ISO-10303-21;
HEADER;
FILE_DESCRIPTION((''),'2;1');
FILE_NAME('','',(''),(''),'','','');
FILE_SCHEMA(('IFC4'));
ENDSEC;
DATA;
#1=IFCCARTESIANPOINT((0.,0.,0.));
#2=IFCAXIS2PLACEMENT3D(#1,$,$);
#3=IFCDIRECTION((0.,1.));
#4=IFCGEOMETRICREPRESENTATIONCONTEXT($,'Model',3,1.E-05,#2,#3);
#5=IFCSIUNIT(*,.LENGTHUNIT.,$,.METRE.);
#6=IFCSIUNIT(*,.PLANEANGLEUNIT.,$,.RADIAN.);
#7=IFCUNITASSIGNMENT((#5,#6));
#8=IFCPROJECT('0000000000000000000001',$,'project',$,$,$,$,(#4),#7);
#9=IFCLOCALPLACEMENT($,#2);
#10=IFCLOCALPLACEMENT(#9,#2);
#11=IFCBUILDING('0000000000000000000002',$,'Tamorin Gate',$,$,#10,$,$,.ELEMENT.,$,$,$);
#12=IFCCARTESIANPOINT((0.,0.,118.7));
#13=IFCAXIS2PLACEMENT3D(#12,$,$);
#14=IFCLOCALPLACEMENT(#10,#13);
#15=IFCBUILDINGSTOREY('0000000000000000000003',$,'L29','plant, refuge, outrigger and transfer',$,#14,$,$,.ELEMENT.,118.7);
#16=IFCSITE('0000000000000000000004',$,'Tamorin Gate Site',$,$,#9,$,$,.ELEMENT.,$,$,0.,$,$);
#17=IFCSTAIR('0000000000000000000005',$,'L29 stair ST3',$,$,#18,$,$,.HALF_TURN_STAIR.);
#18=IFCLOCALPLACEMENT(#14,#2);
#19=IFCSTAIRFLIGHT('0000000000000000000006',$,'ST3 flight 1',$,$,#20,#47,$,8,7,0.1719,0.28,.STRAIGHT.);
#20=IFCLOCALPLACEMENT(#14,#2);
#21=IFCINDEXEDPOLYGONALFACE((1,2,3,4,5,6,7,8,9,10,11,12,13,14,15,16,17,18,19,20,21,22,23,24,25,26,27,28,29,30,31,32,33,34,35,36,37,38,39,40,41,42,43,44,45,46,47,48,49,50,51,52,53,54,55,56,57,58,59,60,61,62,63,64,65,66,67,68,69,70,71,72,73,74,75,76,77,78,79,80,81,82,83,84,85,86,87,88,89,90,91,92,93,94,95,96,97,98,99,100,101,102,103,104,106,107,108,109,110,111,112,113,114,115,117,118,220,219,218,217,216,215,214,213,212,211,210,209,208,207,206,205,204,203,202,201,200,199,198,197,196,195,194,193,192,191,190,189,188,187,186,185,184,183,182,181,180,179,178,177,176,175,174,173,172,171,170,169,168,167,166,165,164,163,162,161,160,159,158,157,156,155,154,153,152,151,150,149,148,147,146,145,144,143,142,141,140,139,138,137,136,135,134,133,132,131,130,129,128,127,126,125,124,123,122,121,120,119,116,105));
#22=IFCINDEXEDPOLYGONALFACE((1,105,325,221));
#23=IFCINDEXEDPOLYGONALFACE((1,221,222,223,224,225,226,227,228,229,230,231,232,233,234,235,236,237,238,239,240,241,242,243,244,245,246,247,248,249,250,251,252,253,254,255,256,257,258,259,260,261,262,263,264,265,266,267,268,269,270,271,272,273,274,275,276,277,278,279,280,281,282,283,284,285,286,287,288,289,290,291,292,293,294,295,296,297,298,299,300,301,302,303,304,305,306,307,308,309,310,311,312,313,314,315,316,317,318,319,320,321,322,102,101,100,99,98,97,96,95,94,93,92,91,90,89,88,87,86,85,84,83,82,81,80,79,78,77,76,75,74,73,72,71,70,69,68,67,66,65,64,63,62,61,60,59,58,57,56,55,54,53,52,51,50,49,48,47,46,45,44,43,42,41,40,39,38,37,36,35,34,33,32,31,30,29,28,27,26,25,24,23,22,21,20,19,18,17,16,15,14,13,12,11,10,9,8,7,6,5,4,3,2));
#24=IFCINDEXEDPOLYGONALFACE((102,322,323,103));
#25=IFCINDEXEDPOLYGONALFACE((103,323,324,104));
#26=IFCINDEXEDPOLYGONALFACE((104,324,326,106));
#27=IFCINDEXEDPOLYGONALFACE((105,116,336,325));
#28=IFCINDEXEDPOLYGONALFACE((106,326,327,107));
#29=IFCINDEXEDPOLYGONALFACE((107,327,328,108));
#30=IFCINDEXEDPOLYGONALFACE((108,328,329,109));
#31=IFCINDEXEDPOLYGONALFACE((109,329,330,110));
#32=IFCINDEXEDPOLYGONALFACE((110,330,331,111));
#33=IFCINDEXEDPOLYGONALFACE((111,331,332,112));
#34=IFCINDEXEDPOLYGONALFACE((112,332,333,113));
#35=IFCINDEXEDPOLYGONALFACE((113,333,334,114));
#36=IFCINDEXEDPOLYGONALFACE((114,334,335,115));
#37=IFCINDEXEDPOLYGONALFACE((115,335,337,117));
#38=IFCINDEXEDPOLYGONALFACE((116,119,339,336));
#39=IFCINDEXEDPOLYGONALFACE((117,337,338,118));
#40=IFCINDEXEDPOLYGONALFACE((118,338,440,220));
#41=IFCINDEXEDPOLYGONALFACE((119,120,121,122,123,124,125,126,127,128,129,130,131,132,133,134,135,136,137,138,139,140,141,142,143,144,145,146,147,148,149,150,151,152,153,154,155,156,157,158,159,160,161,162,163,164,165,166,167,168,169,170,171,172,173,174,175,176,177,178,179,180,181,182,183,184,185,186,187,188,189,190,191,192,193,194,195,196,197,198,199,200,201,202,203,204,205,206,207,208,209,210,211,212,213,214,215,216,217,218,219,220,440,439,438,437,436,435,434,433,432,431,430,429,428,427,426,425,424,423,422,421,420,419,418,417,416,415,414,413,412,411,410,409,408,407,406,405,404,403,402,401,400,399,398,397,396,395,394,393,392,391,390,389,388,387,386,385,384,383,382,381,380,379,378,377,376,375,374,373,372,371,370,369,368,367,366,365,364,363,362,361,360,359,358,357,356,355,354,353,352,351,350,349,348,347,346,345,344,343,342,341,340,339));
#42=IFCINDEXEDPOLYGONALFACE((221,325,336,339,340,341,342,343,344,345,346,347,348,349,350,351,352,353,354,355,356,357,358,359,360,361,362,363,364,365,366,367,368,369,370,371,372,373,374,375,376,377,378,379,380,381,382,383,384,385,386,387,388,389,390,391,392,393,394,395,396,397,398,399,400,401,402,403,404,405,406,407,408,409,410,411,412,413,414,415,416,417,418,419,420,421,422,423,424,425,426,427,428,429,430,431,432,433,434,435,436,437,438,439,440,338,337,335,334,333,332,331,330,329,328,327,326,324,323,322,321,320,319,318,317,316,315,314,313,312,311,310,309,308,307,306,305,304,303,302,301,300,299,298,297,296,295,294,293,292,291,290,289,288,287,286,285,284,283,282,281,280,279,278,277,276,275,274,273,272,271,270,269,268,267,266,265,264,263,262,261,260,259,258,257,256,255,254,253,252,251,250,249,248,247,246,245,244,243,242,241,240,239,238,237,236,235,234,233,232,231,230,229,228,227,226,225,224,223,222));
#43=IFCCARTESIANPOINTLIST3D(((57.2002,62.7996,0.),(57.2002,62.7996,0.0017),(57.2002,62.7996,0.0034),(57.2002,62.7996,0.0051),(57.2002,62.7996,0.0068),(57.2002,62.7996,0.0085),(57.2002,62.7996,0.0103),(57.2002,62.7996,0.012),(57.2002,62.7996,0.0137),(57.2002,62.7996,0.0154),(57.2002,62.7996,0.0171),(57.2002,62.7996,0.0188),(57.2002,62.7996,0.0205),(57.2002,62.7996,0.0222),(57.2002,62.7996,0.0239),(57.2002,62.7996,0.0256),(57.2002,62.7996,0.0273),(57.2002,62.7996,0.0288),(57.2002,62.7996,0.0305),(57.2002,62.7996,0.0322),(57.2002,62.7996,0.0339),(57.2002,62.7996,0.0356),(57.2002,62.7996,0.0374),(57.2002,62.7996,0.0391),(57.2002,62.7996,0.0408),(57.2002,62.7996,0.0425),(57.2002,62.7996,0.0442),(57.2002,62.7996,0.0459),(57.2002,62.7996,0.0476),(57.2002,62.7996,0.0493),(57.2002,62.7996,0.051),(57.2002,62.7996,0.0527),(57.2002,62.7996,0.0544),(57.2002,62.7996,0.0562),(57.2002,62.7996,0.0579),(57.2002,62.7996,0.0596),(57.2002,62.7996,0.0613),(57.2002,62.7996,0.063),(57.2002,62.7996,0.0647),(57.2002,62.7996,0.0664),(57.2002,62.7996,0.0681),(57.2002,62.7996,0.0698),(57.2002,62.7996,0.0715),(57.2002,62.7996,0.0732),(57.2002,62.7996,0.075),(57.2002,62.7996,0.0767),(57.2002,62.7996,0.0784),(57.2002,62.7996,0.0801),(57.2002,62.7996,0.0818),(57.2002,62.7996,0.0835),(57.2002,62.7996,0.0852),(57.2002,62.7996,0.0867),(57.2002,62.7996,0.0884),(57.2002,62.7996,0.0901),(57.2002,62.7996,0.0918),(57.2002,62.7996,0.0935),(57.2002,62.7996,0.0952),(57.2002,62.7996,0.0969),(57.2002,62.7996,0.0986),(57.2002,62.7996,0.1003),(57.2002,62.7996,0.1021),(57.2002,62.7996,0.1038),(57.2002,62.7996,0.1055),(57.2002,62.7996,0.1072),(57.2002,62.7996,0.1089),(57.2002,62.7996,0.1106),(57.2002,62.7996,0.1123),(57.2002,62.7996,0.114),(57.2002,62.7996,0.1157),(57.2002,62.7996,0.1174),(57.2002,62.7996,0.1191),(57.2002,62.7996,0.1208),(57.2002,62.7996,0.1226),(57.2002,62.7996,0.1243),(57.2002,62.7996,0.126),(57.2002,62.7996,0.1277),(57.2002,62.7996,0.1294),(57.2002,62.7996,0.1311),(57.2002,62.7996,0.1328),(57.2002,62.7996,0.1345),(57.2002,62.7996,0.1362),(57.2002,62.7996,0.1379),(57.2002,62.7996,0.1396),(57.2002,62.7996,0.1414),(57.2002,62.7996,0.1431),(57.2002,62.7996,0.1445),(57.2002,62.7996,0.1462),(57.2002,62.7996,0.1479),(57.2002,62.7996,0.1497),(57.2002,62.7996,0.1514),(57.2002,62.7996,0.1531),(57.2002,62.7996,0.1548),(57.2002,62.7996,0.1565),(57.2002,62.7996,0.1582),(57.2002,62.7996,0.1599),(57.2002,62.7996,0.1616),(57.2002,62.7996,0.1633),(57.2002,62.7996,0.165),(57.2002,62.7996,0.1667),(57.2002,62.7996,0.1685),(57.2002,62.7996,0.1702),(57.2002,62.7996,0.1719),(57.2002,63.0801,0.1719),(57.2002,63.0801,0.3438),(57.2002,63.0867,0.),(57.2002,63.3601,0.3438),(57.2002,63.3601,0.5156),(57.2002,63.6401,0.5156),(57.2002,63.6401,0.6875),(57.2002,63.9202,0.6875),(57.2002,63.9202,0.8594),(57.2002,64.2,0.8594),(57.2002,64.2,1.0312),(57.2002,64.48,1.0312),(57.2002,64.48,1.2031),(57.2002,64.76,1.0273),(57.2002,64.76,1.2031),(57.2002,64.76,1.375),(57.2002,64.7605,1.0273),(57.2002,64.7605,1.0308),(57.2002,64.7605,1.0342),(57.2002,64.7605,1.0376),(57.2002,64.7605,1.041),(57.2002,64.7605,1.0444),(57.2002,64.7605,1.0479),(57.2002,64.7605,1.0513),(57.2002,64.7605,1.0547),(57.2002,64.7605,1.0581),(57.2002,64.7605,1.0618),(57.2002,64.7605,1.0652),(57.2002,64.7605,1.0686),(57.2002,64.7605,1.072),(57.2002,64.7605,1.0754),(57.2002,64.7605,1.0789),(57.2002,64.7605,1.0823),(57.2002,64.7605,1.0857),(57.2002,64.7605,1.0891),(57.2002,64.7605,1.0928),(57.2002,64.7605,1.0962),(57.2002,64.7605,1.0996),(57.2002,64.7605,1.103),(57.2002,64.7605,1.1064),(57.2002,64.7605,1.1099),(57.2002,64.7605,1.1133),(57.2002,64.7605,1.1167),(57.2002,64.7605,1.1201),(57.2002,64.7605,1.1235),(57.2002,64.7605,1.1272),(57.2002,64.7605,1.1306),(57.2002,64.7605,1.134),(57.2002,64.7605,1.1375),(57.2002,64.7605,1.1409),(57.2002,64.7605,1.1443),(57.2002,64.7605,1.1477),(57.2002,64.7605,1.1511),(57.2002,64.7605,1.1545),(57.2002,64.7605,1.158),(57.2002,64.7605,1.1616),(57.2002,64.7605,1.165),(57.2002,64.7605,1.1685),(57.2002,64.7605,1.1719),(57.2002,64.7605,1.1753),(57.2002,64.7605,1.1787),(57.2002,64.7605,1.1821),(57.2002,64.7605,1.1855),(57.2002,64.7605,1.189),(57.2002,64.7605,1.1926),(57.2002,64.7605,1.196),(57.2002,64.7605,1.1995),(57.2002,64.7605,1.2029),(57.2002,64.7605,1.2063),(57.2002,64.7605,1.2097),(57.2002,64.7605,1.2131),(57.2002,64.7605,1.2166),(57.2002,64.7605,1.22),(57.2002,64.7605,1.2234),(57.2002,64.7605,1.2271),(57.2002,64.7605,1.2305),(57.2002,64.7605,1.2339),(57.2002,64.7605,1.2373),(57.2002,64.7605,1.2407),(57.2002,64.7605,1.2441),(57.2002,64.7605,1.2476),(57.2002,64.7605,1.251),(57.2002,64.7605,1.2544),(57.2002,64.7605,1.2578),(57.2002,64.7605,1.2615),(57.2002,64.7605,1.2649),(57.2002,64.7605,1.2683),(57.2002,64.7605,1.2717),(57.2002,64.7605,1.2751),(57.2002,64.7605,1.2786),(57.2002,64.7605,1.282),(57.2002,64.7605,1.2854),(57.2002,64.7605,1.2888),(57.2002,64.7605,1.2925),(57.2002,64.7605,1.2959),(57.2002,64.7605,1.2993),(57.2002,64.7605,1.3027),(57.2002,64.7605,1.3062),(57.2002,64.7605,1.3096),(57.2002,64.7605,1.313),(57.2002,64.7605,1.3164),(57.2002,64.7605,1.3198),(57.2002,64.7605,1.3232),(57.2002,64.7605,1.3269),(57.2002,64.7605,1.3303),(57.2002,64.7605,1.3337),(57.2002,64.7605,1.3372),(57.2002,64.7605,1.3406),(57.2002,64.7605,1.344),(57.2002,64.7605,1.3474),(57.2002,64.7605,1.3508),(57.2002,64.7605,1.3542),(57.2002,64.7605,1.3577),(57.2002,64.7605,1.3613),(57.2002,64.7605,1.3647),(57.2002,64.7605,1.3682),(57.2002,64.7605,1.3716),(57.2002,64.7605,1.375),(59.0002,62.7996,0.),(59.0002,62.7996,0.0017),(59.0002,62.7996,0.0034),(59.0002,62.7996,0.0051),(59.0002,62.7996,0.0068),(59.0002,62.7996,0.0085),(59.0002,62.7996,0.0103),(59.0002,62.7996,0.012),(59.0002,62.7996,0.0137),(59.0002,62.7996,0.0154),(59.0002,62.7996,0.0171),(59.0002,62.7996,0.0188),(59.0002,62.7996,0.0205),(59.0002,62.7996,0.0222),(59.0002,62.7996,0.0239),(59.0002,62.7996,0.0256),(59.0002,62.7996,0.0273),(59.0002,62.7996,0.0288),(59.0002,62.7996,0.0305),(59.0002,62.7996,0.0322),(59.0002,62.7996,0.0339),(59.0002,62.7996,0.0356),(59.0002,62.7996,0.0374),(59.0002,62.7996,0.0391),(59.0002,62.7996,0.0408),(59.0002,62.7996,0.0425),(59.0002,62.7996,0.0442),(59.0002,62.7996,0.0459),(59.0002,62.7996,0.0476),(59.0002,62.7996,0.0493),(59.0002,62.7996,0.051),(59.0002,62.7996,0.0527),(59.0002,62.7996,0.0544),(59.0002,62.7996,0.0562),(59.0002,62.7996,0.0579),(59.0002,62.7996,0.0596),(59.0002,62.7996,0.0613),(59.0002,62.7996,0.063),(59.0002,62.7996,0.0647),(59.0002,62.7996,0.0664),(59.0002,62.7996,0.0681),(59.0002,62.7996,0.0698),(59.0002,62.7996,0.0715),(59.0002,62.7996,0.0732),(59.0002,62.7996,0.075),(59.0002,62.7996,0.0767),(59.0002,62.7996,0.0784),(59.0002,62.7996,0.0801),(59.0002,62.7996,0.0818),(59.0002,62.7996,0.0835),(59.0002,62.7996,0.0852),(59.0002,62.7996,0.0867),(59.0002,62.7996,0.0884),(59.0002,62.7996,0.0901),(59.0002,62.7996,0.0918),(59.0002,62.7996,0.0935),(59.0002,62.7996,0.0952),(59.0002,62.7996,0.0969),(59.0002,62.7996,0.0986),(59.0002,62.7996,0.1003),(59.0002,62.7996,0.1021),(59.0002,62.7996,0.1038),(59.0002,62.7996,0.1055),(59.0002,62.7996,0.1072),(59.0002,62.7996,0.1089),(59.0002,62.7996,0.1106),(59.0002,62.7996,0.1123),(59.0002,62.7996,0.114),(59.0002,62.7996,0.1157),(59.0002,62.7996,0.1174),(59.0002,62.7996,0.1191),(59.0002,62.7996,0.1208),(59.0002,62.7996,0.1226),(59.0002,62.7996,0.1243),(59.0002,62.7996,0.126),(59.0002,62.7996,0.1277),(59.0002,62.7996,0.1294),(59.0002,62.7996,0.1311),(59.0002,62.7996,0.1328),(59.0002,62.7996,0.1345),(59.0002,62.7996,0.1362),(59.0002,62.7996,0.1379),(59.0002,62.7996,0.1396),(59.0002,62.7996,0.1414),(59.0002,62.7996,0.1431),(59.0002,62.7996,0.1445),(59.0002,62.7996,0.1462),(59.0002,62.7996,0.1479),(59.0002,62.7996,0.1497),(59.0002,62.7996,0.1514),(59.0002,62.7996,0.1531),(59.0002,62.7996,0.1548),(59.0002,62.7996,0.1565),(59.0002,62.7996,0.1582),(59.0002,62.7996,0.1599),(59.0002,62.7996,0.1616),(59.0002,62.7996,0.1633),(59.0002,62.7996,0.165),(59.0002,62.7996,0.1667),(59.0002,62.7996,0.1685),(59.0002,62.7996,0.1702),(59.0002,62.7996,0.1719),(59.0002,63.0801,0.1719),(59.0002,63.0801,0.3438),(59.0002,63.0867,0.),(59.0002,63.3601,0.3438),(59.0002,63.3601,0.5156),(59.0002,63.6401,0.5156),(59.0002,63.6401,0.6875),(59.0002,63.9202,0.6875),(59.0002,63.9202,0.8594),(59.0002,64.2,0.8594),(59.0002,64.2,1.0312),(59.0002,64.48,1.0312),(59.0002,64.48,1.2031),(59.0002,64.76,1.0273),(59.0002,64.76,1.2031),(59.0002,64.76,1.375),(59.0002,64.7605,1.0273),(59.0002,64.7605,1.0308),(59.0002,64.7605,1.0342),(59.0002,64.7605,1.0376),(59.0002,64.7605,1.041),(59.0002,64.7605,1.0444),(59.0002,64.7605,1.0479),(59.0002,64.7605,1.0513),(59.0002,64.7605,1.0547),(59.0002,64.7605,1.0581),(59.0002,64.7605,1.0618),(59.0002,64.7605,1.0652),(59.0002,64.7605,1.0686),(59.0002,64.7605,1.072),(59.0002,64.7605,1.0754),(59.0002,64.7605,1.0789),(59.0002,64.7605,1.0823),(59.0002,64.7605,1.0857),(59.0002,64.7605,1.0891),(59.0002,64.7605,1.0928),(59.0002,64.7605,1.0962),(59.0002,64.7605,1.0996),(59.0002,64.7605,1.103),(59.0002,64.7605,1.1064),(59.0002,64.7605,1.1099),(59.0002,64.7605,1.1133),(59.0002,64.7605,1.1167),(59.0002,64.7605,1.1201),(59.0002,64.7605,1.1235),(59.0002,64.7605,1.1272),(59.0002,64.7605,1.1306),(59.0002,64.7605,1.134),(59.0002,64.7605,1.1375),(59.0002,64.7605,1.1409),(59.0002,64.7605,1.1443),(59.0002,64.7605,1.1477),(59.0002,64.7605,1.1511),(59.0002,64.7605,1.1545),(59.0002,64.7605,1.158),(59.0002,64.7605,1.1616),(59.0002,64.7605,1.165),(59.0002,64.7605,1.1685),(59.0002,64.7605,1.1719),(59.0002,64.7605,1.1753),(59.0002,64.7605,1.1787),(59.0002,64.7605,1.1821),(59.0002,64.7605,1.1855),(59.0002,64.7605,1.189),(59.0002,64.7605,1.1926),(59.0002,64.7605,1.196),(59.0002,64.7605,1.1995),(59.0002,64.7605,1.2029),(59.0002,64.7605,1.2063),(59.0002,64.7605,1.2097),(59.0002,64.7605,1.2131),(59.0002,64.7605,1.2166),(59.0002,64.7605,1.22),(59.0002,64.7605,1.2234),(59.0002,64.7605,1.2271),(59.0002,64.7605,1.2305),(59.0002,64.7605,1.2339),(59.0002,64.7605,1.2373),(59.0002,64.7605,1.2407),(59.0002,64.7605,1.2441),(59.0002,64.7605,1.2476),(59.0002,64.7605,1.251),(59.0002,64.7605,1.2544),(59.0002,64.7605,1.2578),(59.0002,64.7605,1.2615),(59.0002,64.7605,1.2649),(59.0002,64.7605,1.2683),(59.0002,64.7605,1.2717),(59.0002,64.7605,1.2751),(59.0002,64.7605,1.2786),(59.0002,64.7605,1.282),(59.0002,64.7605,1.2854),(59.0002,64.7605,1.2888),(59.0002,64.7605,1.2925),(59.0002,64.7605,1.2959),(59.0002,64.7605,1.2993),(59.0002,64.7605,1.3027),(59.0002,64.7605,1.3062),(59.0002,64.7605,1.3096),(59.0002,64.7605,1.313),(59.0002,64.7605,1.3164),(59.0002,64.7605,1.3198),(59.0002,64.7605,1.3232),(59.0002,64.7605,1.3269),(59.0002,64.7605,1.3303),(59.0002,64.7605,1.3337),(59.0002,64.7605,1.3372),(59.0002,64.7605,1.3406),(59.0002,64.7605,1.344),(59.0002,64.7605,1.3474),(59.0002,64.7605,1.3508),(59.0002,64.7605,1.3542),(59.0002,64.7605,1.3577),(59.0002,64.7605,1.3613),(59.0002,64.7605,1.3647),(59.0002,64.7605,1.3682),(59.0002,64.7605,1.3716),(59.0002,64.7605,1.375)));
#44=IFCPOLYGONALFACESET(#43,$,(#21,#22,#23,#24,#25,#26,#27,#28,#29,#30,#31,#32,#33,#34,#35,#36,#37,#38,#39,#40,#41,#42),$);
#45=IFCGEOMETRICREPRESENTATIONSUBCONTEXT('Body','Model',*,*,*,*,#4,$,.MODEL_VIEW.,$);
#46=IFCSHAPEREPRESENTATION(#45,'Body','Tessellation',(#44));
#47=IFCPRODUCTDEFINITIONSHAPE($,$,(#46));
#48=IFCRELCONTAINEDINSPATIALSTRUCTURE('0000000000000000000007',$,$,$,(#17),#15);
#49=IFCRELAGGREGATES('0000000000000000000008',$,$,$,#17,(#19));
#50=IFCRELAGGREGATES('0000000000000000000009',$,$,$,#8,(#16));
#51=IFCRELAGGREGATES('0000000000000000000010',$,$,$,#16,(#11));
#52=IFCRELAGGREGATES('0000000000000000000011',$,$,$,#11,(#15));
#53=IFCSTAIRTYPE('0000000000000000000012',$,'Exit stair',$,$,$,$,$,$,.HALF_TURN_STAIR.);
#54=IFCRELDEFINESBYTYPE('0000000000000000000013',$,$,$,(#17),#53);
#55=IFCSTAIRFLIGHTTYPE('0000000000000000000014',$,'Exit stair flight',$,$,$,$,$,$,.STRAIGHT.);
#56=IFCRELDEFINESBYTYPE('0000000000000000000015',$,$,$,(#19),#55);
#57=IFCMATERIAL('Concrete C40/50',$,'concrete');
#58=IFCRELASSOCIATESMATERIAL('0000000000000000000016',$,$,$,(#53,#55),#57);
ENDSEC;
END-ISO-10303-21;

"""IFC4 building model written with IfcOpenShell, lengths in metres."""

from ifc_helpers import new_model, si_unit, direction, frame, origin, place, context, subcontext, project, spatial, polyline, outline, extrude, material, type_object, element, aggregate, save


model = new_model("IFC4")

# Units and contexts
model_context = context("Model", 3, precision=1e-05, world=origin(), true_north=direction((0.0, 1.0)))
body_context = subcontext(model_context, "Body", "Model", "MODEL_VIEW")
ifc_project = project(units=[si_unit("LENGTHUNIT", "METRE"), si_unit("PLANEANGLEUNIT", "RADIAN")], contexts=[model_context])

# Site, building, storey
site_placement = place(None, origin())
site = spatial("IfcSite", under=ifc_project, at=site_placement, Name="Tamorin Gate Site", CompositionType="ELEMENT", RefElevation=0.0)
building_placement = place(site_placement, origin())
building = spatial("IfcBuilding", under=site, at=building_placement, Name="Tamorin Gate", CompositionType="ELEMENT")
storey_placement = place(building_placement, frame((0.0, 0.0, 118.7)))
storey = spatial("IfcBuildingStorey", under=building, at=storey_placement, Name="L29", Description="plant, refuge, outrigger and transfer", CompositionType="ELEMENT", Elevation=118.7)

# Stair, stair flight
ifc_material_1 = material(Name="Concrete C40/50", Category="concrete")
stair_type = type_object("IfcStairType", Name="Exit stair", PredefinedType="HALF_TURN_STAIR", material=ifc_material_1)
stair_placement = place(storey_placement, origin())
stair = element("IfcStair", 1, at=stair_placement, inside=storey, type_object=stair_type, Name="L29 stair ST3", PredefinedType="HALF_TURN_STAIR")
stair_flight_type = type_object("IfcStairFlightType", Name="Exit stair flight", PredefinedType="STRAIGHT", material=ifc_material_1)
stair_flight_1_placement = place(storey_placement, frame((58.1001, 62.8, 0.0), z_axis=(0.0, 0.0, 1.0), x_axis=(0.0, 1.0, 0.0)))
stair_flight_1 = element("IfcStairFlight", 2, at=stair_flight_1_placement, type_object=stair_flight_type, Name="ST3 flight 1", NumberOfRisers=8, NumberOfTreads=7, PredefinedType="STRAIGHT", RiserHeight=0.1719, TreadLength=0.28, context=body_context, shape_type="SweptSolid", body=[
    extrude(outline(polyline([(-0.0005, 0.0), (-0.0005, 0.0017), (-0.0005, 0.0034), (-0.0005, 0.0051), (-0.0005, 0.0068), (-0.0005, 0.0085), (-0.0005, 0.0103), (-0.0005, 0.012), (-0.0005, 0.0137), (-0.0005, 0.0154), (-0.0005, 0.0171), (-0.0005, 0.0188), (-0.0005, 0.0205), (-0.0005, 0.0222), (-0.0005, 0.0239), (-0.0005, 0.0256), (-0.0005, 0.0273), (-0.0005, 0.0288), (-0.0005, 0.0305), (-0.0005, 0.0322), (-0.0005, 0.0339), (-0.0005, 0.0356), (-0.0005, 0.0374), (-0.0005, 0.0391), (-0.0005, 0.0408), (-0.0005, 0.0425), (-0.0005, 0.0442), (-0.0005, 0.0459), (-0.0005, 0.0476), (-0.0005, 0.0493), (-0.0005, 0.051), (-0.0005, 0.0527), (-0.0005, 0.0544), (-0.0005, 0.0562), (-0.0005, 0.0579), (-0.0005, 0.0596), (-0.0005, 0.0613), (-0.0005, 0.063), (-0.0005, 0.0647), (-0.0005, 0.0664), (-0.0005, 0.0681), (-0.0005, 0.0698), (-0.0005, 0.0715), (-0.0005, 0.0732), (-0.0005, 0.075), (-0.0005, 0.0767), (-0.0005, 0.0784), (-0.0005, 0.0801), (-0.0005, 0.0818), (-0.0005, 0.0835), (-0.0005, 0.0852), (-0.0005, 0.0867), (-0.0005, 0.0884), (-0.0005, 0.0901), (-0.0005, 0.0918), (-0.0005, 0.0935), (-0.0005, 0.0952), (-0.0005, 0.0969), (-0.0005, 0.0986), (-0.0005, 0.1003), (-0.0005, 0.1021), (-0.0005, 0.1038), (-0.0005, 0.1055), (-0.0005, 0.1072), (-0.0005, 0.1089), (-0.0005, 0.1106), (-0.0005, 0.1123), (-0.0005, 0.114), (-0.0005, 0.1157), (-0.0005, 0.1174), (-0.0005, 0.1191), (-0.0005, 0.1208), (-0.0005, 0.1226), (-0.0005, 0.1243), (-0.0005, 0.126), (-0.0005, 0.1277), (-0.0005, 0.1294), (-0.0005, 0.1311), (-0.0005, 0.1328), (-0.0005, 0.1345), (-0.0005, 0.1362), (-0.0005, 0.1379), (-0.0005, 0.1396), (-0.0005, 0.1414), (-0.0005, 0.1431), (-0.0005, 0.1445), (-0.0005, 0.1462), (-0.0005, 0.1479), (-0.0005, 0.1497), (-0.0005, 0.1514), (-0.0005, 0.1531), (-0.0005, 0.1548), (-0.0005, 0.1565), (-0.0005, 0.1582), (-0.0005, 0.1599), (-0.0005, 0.1616), (-0.0005, 0.1633), (-0.0005, 0.165), (-0.0005, 0.1667), (-0.0005, 0.1685), (-0.0005, 0.1702), (-0.0005, 0.1719), (0.28, 0.1719), (0.28, 0.3438), (0.5601, 0.3438), (0.5601, 0.5156), (0.8401, 0.5156), (0.8401, 0.6875), (1.1201, 0.6875), (1.1201, 0.8594), (1.3999, 0.8594), (1.3999, 1.0312), (1.6799, 1.0312), (1.6799, 1.2031), (1.96, 1.2031), (1.96, 1.375), (1.9604, 1.375), (1.9604, 1.3716), (1.9604, 1.3682), (1.9604, 1.3647), (1.9604, 1.3613), (1.9604, 1.3577), (1.9604, 1.3542), (1.9604, 1.3508), (1.9604, 1.3474), (1.9604, 1.344), (1.9604, 1.3406), (1.9604, 1.3372), (1.9604, 1.3337), (1.9604, 1.3303), (1.9604, 1.3269), (1.9604, 1.3232), (1.9604, 1.3198), (1.9604, 1.3164), (1.9604, 1.313), (1.9604, 1.3096), (1.9604, 1.3062), (1.9604, 1.3027), (1.9604, 1.2993), (1.9604, 1.2959), (1.9604, 1.2925), (1.9604, 1.2888), (1.9604, 1.2854), (1.9604, 1.282), (1.9604, 1.2786), (1.9604, 1.2751), (1.9604, 1.2717), (1.9604, 1.2683), (1.9604, 1.2649), (1.9604, 1.2615), (1.9604, 1.2578), (1.9604, 1.2544), (1.9604, 1.251), (1.9604, 1.2476), (1.9604, 1.2441), (1.9604, 1.2407), (1.9604, 1.2373), (1.9604, 1.2339), (1.9604, 1.2305), (1.9604, 1.2271), (1.9604, 1.2234), (1.9604, 1.22), (1.9604, 1.2166), (1.9604, 1.2131), (1.9604, 1.2097), (1.9604, 1.2063), (1.9604, 1.2029), (1.9604, 1.1995), (1.9604, 1.196), (1.9604, 1.1926), (1.9604, 1.189), (1.9604, 1.1855), (1.9604, 1.1821), (1.9604, 1.1787), (1.9604, 1.1753), (1.9604, 1.1719), (1.9604, 1.1685), (1.9604, 1.165), (1.9604, 1.1616), (1.9604, 1.158), (1.9604, 1.1545), (1.9604, 1.1511), (1.9604, 1.1477), (1.9604, 1.1443), (1.9604, 1.1409), (1.9604, 1.1375), (1.9604, 1.134), (1.9604, 1.1306), (1.9604, 1.1272), (1.9604, 1.1235), (1.9604, 1.1201), (1.9604, 1.1167), (1.9604, 1.1133), (1.9604, 1.1099), (1.9604, 1.1064), (1.9604, 1.103), (1.9604, 1.0996), (1.9604, 1.0962), (1.9604, 1.0928), (1.9604, 1.0891), (1.9604, 1.0857), (1.9604, 1.0823), (1.9604, 1.0789), (1.9604, 1.0754), (1.9604, 1.072), (1.9604, 1.0686), (1.9604, 1.0652), (1.9604, 1.0618), (1.9604, 1.0581), (1.9604, 1.0547), (1.9604, 1.0513), (1.9604, 1.0479), (1.9604, 1.0444), (1.9604, 1.041), (1.9604, 1.0376), (1.9604, 1.0342), (1.9604, 1.0308), (1.9604, 1.0273), (1.96, 1.0273), (0.2866, 0.0), (-0.0005, 0.0)])), frame((0.0, 0.8999, 0.0), z_axis=(0.0, -1.0, 0.0), x_axis=(1.0, 0.0, 0.0)), (0.0, 0.0, 1.0), 1.8),
])
aggregate(stair, [stair_flight_1])

save(model, "model.ifc")
